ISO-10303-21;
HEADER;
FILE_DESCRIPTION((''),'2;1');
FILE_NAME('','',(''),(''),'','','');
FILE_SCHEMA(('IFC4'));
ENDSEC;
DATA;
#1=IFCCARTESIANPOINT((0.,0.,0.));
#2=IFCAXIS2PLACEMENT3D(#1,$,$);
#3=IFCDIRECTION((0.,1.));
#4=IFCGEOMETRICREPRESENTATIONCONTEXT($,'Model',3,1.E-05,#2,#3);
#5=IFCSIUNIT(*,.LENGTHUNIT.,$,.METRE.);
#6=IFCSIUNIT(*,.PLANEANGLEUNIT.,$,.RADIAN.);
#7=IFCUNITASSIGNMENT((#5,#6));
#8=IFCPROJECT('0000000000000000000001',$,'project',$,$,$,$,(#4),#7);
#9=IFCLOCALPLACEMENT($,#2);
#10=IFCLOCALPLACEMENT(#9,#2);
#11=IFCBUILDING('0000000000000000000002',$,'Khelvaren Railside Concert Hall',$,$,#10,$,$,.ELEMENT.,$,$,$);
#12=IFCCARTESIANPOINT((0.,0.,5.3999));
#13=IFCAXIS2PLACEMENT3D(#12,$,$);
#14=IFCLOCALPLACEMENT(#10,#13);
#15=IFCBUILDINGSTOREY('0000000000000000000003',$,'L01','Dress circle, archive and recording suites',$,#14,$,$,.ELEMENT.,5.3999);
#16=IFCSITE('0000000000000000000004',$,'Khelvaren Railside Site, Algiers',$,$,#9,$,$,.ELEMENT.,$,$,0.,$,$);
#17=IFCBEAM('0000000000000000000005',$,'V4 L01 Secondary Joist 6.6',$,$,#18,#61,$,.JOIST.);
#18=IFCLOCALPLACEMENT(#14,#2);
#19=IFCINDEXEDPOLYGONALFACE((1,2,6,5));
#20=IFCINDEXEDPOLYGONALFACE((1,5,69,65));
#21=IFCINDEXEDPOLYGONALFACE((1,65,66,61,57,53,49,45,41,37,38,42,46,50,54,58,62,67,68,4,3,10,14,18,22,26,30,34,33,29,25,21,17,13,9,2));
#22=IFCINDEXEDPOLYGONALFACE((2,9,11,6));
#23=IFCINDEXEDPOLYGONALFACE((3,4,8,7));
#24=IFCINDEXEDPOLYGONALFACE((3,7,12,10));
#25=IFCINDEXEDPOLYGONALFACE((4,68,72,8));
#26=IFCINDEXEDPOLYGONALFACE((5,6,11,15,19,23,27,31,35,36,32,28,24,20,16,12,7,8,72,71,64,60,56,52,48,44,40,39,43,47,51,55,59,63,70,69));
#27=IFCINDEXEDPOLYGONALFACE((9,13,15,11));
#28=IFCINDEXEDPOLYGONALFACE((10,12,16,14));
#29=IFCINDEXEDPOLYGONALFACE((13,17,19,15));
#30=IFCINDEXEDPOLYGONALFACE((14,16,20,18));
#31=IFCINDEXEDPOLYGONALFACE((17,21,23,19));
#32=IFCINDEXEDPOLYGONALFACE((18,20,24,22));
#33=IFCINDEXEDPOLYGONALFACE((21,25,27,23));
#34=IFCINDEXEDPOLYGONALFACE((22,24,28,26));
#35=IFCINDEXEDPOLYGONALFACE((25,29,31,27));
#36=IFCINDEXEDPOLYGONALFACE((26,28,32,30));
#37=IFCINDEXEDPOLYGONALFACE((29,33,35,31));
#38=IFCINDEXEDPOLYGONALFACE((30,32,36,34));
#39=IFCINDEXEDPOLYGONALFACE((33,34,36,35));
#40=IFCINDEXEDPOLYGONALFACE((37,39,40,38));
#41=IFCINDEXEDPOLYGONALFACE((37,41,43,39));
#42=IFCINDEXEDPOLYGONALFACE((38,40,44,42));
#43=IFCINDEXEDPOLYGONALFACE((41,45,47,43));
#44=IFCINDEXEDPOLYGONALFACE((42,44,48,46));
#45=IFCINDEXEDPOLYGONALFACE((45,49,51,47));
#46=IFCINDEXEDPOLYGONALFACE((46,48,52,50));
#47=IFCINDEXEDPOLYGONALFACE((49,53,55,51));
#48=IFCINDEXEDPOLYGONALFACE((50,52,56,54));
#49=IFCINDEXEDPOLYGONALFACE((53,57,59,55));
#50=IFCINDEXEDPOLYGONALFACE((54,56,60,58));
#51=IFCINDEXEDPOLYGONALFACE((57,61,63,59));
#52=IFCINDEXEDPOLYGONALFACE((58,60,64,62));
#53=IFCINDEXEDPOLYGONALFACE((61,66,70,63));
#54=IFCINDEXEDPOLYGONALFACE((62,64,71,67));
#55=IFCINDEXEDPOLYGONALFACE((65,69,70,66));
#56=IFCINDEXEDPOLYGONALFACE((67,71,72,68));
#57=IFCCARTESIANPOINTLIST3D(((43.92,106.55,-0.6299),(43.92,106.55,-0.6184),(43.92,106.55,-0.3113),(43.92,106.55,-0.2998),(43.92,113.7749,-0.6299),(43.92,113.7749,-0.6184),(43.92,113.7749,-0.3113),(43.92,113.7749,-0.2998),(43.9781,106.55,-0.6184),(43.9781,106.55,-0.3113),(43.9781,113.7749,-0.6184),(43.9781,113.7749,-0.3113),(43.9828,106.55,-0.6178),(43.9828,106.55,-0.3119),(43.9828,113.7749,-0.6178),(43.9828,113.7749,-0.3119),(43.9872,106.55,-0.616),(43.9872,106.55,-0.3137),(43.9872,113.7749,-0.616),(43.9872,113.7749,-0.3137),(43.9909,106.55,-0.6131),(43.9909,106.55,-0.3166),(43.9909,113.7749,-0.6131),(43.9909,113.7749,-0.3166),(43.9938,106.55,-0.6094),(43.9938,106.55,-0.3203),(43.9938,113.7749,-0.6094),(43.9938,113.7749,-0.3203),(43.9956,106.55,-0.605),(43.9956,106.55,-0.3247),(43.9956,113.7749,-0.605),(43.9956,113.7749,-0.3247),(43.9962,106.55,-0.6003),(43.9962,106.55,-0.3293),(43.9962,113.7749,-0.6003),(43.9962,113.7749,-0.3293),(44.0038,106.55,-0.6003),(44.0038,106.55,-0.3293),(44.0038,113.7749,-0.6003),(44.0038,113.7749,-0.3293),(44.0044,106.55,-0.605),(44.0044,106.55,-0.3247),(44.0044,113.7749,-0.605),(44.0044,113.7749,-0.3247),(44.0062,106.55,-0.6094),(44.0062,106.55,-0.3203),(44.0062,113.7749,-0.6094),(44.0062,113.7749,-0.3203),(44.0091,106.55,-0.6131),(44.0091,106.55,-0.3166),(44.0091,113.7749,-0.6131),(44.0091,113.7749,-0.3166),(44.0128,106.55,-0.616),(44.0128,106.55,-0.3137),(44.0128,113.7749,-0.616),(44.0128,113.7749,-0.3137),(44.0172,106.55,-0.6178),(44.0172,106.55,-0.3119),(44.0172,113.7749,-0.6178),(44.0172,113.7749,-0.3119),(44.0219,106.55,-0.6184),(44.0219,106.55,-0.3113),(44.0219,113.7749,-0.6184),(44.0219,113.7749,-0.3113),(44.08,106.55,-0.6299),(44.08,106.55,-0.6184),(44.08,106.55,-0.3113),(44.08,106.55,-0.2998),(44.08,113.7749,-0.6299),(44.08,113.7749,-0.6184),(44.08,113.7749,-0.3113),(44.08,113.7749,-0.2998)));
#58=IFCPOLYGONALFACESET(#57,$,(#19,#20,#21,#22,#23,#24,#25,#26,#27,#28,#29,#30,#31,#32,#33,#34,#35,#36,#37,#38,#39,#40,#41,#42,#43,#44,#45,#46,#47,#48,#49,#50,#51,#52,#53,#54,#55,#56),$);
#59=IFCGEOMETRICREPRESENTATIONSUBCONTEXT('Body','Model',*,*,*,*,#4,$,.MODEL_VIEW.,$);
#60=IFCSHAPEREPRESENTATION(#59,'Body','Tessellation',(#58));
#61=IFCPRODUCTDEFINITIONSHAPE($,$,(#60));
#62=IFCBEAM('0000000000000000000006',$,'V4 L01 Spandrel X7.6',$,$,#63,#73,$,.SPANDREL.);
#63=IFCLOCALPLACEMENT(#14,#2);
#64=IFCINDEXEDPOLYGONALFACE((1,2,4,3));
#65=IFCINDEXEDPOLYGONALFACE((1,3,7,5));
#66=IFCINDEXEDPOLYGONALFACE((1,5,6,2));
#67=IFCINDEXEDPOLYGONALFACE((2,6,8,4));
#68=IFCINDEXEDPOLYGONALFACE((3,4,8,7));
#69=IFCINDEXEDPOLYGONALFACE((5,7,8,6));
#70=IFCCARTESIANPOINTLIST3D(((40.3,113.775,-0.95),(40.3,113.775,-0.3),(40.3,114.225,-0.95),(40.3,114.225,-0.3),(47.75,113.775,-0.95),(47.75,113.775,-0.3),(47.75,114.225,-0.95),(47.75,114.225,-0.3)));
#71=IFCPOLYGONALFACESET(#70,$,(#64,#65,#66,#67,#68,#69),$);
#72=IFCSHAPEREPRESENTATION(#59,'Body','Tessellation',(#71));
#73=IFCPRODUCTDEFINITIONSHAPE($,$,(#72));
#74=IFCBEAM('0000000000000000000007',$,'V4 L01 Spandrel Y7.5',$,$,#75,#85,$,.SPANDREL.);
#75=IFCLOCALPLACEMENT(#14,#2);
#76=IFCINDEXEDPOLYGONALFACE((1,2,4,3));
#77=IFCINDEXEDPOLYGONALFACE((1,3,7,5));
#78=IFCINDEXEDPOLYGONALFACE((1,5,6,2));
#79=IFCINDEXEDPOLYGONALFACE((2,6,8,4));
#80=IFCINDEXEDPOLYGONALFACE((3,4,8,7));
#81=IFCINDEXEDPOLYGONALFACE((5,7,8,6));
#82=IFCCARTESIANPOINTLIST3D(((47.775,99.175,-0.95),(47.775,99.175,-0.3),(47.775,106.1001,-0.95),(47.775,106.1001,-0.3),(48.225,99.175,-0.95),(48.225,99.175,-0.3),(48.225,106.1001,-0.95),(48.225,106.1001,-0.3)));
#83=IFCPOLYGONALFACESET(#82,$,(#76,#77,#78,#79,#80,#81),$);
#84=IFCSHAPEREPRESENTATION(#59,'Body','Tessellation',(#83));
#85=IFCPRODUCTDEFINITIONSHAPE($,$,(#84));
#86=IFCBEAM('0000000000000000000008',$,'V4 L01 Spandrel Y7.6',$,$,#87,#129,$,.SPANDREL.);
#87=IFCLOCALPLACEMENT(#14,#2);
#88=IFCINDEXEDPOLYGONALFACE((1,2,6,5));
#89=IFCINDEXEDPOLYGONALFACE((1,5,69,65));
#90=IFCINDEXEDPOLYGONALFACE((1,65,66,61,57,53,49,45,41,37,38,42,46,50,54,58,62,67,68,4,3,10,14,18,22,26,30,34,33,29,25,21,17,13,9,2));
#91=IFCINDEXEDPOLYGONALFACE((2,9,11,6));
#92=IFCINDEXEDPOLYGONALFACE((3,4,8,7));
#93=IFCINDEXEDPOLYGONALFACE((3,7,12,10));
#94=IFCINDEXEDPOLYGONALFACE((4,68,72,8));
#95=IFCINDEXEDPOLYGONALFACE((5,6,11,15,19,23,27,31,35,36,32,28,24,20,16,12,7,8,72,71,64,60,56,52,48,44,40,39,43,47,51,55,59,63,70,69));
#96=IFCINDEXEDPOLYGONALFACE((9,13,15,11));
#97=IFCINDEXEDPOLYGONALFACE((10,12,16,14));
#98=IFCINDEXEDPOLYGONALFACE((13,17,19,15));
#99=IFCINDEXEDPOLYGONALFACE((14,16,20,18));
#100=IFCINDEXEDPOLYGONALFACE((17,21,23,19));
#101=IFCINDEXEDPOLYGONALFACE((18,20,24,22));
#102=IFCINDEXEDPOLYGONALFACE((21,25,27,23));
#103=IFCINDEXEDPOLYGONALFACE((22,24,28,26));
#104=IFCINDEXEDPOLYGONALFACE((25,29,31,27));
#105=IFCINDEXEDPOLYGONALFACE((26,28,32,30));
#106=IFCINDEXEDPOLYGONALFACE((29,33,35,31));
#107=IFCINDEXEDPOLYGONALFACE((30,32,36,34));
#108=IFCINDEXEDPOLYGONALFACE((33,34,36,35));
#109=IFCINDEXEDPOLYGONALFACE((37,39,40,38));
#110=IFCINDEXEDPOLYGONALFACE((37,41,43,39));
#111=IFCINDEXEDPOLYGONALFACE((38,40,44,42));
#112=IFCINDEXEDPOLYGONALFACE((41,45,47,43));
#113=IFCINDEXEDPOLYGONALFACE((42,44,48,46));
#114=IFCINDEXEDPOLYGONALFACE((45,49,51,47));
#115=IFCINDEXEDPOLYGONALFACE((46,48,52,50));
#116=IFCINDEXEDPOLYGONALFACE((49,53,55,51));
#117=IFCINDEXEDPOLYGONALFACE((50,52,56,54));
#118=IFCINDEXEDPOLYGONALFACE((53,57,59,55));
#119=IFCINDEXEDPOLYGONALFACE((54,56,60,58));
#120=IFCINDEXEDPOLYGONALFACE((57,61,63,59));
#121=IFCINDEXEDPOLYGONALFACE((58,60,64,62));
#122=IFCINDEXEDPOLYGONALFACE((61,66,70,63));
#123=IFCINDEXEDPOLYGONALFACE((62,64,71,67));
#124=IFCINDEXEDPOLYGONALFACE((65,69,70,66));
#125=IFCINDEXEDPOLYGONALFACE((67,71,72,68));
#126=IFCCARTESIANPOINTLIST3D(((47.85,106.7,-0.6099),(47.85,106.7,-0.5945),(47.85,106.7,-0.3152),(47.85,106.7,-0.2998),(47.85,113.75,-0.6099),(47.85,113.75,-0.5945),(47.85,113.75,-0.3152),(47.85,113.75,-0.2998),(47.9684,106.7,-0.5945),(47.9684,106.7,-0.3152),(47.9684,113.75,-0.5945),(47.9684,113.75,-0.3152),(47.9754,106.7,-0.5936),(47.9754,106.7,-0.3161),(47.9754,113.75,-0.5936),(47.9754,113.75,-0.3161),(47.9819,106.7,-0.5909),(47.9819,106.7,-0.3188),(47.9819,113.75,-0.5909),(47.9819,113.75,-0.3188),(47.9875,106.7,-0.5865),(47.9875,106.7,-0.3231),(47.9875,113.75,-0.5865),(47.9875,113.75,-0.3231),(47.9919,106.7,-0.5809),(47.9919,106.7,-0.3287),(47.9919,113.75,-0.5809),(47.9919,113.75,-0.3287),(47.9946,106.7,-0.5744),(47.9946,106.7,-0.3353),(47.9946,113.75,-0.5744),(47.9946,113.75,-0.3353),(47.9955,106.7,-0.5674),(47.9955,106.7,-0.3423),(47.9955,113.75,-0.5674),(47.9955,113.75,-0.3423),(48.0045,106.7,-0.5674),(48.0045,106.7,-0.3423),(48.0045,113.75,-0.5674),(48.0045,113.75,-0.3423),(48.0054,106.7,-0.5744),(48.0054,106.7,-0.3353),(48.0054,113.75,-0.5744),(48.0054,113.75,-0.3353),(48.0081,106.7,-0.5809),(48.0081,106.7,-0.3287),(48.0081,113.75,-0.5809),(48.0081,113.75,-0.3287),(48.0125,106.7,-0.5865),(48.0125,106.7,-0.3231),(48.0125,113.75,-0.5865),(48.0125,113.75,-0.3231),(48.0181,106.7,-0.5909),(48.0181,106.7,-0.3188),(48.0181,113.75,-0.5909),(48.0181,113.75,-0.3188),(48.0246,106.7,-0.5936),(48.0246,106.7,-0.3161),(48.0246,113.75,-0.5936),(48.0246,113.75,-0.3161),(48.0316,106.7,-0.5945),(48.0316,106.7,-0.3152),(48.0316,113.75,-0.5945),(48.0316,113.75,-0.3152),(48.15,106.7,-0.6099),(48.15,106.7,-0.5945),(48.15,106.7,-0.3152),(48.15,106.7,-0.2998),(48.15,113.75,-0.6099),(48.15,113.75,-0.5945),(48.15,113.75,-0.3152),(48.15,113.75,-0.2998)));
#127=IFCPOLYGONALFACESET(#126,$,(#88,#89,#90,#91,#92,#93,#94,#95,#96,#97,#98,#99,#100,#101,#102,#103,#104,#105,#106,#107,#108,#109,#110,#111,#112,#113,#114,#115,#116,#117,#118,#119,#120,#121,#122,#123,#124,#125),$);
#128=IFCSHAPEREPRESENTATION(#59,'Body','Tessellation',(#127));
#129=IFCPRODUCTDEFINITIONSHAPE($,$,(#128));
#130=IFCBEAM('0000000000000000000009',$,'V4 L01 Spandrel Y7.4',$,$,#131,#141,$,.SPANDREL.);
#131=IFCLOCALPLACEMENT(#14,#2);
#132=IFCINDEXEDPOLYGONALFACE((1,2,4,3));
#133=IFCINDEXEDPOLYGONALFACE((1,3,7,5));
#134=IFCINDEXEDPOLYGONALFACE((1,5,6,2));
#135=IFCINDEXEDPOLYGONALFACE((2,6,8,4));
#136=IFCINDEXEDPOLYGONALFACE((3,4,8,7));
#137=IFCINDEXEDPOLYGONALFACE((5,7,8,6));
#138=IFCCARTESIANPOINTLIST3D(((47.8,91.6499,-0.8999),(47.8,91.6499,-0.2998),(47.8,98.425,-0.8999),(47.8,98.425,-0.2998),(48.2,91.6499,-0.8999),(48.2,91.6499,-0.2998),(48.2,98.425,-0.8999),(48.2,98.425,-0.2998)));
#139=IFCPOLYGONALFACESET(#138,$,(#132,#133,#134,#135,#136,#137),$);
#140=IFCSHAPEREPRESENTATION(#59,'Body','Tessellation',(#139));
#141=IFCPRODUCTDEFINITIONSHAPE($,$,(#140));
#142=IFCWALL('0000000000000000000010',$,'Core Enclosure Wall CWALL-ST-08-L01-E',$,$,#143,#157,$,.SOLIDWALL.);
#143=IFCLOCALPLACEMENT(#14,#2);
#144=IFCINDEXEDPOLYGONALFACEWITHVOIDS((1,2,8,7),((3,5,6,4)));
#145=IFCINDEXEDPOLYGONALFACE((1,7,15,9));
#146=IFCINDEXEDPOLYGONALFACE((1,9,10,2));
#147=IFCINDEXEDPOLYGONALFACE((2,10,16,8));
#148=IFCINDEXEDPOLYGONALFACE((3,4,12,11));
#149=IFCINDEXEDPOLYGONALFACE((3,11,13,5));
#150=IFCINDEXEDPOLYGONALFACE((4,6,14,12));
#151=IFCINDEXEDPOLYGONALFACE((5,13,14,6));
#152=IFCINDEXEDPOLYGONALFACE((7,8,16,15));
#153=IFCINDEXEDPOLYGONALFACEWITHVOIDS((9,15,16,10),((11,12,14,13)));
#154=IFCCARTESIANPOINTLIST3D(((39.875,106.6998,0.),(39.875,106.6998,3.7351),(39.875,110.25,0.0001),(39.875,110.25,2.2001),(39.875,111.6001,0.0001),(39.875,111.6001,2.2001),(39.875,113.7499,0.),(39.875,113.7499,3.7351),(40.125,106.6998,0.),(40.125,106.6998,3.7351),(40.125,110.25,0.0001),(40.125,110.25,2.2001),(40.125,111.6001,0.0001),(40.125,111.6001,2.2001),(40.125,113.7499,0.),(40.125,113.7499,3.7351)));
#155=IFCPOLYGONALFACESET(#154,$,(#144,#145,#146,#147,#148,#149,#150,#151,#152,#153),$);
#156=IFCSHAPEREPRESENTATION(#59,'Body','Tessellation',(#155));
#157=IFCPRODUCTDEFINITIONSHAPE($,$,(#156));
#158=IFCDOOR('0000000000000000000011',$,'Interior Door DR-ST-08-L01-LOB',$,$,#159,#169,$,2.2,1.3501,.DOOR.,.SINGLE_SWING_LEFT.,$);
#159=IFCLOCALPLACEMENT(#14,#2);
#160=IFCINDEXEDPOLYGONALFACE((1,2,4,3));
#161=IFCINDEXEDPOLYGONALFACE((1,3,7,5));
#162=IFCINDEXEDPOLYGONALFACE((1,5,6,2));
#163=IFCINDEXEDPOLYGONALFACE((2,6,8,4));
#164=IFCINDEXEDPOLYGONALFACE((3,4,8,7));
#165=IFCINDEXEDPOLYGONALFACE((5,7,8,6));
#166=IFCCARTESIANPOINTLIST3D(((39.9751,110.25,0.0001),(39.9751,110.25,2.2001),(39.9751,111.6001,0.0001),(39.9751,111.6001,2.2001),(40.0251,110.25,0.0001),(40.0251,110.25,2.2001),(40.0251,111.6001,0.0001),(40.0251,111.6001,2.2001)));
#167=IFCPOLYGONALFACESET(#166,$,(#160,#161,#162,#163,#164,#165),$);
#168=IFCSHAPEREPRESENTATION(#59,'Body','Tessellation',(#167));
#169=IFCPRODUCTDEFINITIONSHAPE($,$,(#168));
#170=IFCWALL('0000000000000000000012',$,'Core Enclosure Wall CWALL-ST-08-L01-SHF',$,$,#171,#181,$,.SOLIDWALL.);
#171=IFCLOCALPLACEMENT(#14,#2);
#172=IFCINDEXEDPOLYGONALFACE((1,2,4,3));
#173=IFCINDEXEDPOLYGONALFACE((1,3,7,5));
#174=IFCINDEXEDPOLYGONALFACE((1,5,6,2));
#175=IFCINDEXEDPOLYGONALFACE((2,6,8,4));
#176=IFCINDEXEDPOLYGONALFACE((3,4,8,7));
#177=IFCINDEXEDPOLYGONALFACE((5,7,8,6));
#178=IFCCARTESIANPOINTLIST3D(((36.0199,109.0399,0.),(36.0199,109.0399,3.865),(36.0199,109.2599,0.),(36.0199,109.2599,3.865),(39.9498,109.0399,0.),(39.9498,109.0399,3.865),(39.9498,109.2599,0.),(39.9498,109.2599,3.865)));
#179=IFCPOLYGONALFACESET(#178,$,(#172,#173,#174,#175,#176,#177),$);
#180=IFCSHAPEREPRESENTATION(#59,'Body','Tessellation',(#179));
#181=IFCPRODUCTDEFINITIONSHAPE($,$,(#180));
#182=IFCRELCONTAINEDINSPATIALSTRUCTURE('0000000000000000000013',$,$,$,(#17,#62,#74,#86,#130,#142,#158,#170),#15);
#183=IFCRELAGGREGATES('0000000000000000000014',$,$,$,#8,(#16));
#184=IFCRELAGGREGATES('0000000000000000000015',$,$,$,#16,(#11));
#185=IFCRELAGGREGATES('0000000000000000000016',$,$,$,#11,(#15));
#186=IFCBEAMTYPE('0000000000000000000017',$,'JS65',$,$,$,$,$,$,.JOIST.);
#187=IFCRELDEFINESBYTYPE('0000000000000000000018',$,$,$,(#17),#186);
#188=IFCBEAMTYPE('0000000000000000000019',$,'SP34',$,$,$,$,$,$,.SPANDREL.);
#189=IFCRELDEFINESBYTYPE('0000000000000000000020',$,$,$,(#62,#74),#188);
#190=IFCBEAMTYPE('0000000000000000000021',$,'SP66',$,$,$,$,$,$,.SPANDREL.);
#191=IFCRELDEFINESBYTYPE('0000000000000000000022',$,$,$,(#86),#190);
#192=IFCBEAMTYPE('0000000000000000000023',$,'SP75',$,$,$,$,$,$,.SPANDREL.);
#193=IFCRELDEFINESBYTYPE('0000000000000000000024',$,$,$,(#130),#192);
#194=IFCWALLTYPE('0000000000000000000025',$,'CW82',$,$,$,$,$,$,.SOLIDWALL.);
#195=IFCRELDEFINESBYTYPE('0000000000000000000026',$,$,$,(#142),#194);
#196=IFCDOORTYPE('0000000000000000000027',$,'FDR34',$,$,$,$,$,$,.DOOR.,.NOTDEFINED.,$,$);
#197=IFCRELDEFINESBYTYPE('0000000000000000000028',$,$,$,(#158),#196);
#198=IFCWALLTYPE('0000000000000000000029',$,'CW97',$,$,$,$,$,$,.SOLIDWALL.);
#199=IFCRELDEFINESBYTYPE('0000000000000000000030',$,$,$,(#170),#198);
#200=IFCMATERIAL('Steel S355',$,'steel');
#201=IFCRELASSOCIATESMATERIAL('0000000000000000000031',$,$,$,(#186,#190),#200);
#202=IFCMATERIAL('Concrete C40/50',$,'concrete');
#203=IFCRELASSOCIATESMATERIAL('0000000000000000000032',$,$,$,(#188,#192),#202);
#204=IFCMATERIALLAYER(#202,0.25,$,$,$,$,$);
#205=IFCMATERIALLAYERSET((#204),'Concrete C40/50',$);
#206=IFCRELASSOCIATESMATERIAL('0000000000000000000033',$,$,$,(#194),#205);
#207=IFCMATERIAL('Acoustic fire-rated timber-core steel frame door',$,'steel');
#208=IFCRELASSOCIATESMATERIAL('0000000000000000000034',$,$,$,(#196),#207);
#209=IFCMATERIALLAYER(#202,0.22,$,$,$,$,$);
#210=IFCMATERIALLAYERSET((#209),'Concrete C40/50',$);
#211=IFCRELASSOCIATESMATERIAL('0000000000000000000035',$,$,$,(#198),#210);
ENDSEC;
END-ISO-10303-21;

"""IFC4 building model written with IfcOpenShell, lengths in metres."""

from ifc_helpers import new_model, si_unit, direction, frame, frame_2d, origin, origin_2d, place, context, subcontext, project, spatial, rectangle, i_section, extrude, material, layer, layer_set, material_profile, profile_set, type_object, element, fill, save


model = new_model("IFC4")

# Units and contexts
model_context = context("Model", 3, precision=1e-05, world=origin(), true_north=direction((0.0, 1.0)))
body_context = subcontext(model_context, "Body", "Model", "MODEL_VIEW")
ifc_project = project(units=[si_unit("LENGTHUNIT", "METRE"), si_unit("PLANEANGLEUNIT", "RADIAN")], contexts=[model_context])

# Site, building, storey
site_placement = place(None, origin())
site = spatial("IfcSite", under=ifc_project, at=site_placement, Name="Khelvaren Railside Site, Algiers", CompositionType="ELEMENT", RefElevation=0.0)
building_placement = place(site_placement, origin())
building = spatial("IfcBuilding", under=site, at=building_placement, Name="Khelvaren Railside Concert Hall", CompositionType="ELEMENT")
storey_placement = place(building_placement, frame((0.0, 0.0, 5.3999)))
storey = spatial("IfcBuildingStorey", under=building, at=storey_placement, Name="L01", Description="Dress circle, archive and recording suites", CompositionType="ELEMENT", Elevation=5.3999)

# Beams
ifc_material_1 = material(Name="Steel S355", Category="steel")
ifc_material_profile_1 = material_profile(ifc_material_1, i_section(OverallWidth=0.1599, OverallDepth=0.3301, WebThickness=0.0076, FlangeThickness=0.0115, FilletRadius=0.0181, at=origin_2d()), Name="IPE 330")
ifc_profile_set_1 = profile_set([ifc_material_profile_1], Name="Steel S355")
beam_type_1 = type_object("IfcBeamType", Name="JS65", PredefinedType="JOIST", material=ifc_profile_set_1)
beam_1_placement = place(storey_placement, frame((44.0, 106.55, -0.4648), z_axis=(0.0, 1.0, 0.0), x_axis=(-1.0, 0.0, 0.0)))
element("IfcBeam", 1, at=beam_1_placement, inside=storey, type_object=beam_type_1, Name="V4 L01 Secondary Joist 6.6", PredefinedType="JOIST", context=body_context, shape_type="SweptSolid", body=[
    extrude(i_section(OverallWidth=0.1599, OverallDepth=0.3301, WebThickness=0.0076, FlangeThickness=0.0115, FilletRadius=0.0181, at=origin_2d()), origin(), (0.0, 0.0, 1.0), 7.2249),
])
ifc_material_2 = material(Name="Concrete C40/50", Category="concrete")
ifc_material_profile_2 = material_profile(ifc_material_2, rectangle(XDim=0.45, YDim=0.6499, at=origin_2d()), Name="RCB 450x650")
ifc_profile_set_2 = profile_set([ifc_material_profile_2], Name="Concrete C40/50")
beam_type_2 = type_object("IfcBeamType", Name="SP34", PredefinedType="SPANDREL", material=ifc_profile_set_2)
beam_2_placement = place(storey_placement, frame((40.3, 114.0, -0.625), z_axis=(1.0, 0.0, 0.0), x_axis=(0.0, 1.0, 0.0)))
element("IfcBeam", 2, at=beam_2_placement, inside=storey, type_object=beam_type_2, Name="V4 L01 Spandrel X7.6", PredefinedType="SPANDREL", context=body_context, shape_type="SweptSolid", body=[
    extrude(rectangle(XDim=0.45, YDim=0.6499, at=origin_2d()), origin(), (0.0, 0.0, 1.0), 7.45),
])
beam_3_placement = place(storey_placement, frame((48.0, 99.175, -0.625), z_axis=(0.0, 1.0, 0.0), x_axis=(-1.0, 0.0, 0.0)))
element("IfcBeam", 3, at=beam_3_placement, inside=storey, type_object=beam_type_2, Name="V4 L01 Spandrel Y7.5", PredefinedType="SPANDREL", context=body_context, shape_type="SweptSolid", body=[
    extrude(rectangle(XDim=0.45, YDim=0.6499, at=origin_2d()), origin(), (0.0, 0.0, 1.0), 6.925),
])
ifc_material_profile_3 = material_profile(ifc_material_1, i_section(OverallWidth=0.3, OverallDepth=0.3101, WebThickness=0.009, FlangeThickness=0.0154, FilletRadius=0.0271, at=origin_2d()), Name="HEA 320")
ifc_profile_set_3 = profile_set([ifc_material_profile_3], Name="Steel S355")
beam_type_3 = type_object("IfcBeamType", Name="SP66", PredefinedType="SPANDREL", material=ifc_profile_set_3)
beam_4_placement = place(storey_placement, frame((48.0, 106.7, -0.4548), z_axis=(0.0, 1.0, 0.0), x_axis=(-1.0, 0.0, 0.0)))
element("IfcBeam", 4, at=beam_4_placement, inside=storey, type_object=beam_type_3, Name="V4 L01 Spandrel Y7.6", PredefinedType="SPANDREL", context=body_context, shape_type="SweptSolid", body=[
    extrude(i_section(OverallWidth=0.3, OverallDepth=0.3101, WebThickness=0.009, FlangeThickness=0.0154, FilletRadius=0.0271, at=origin_2d()), origin(), (0.0, 0.0, 1.0), 7.05),
])
ifc_material_profile_4 = material_profile(ifc_material_2, rectangle(XDim=0.3999, YDim=0.6001, at=origin_2d()), Name="RCB 400x600")
ifc_profile_set_4 = profile_set([ifc_material_profile_4], Name="Concrete C40/50")
beam_type_4 = type_object("IfcBeamType", Name="SP75", PredefinedType="SPANDREL", material=ifc_profile_set_4)
beam_5_placement = place(storey_placement, frame((48.0, 91.6499, -0.5999), z_axis=(0.0, 1.0, 0.0), x_axis=(-1.0, 0.0, 0.0)))
element("IfcBeam", 5, at=beam_5_placement, inside=storey, type_object=beam_type_4, Name="V4 L01 Spandrel Y7.4", PredefinedType="SPANDREL", context=body_context, shape_type="SweptSolid", body=[
    extrude(rectangle(XDim=0.3999, YDim=0.6001, at=origin_2d()), origin(), (0.0, 0.0, 1.0), 6.7751),
])

# Wall, opening, door
ifc_layer_1 = layer(ifc_material_2, 0.25)
ifc_layer_set_1 = layer_set([ifc_layer_1], Name="Concrete C40/50")
wall_type_1 = type_object("IfcWallType", Name="CW82", PredefinedType="SOLIDWALL", material=ifc_layer_set_1)
wall_1_placement = place(storey_placement, frame((40.0, 106.7, 0.0), z_axis=(0.0, 0.0, 1.0), x_axis=(0.0, 1.0, 0.0)))
wall_1 = element("IfcWall", 6, at=wall_1_placement, inside=storey, type_object=wall_type_1, Name="Core Enclosure Wall CWALL-ST-08-L01-E", PredefinedType="SOLIDWALL", context=body_context, shape_type="SweptSolid", body=[
    extrude(rectangle(XDim=7.05, YDim=0.25, at=frame_2d((3.5249, 0.0))), origin(), (0.0, 0.0, 1.0), 3.7351),
])
opening_1_placement = place(wall_1_placement, frame((3.55, 0.0, 0.0)))
opening_1 = element("IfcOpeningElement", 7, at=opening_1_placement, cuts=wall_1, PredefinedType="OPENING", context=body_context, shape_type="SweptSolid", body=[
    extrude(rectangle(XDim=1.3501, YDim=2.2, at=frame_2d((0.675, 1.1001))), frame((0.0, 0.135, 0.0), z_axis=(0.0, -1.0, 0.0), x_axis=(1.0, 0.0, 0.0)), (0.0, 0.0, 1.0), 0.27),
])
ifc_material_3 = material(Name="Acoustic fire-rated timber-core steel frame door", Category="steel")
door_type = type_object("IfcDoorType", Name="FDR34", OperationType="NOTDEFINED", PredefinedType="DOOR", material=ifc_material_3)
door_placement = place(opening_1_placement, origin())
door = element("IfcDoor", 8, at=door_placement, inside=storey, type_object=door_type, Name="Interior Door DR-ST-08-L01-LOB", OperationType="SINGLE_SWING_LEFT", OverallHeight=2.2, OverallWidth=1.3501, PredefinedType="DOOR", context=body_context, shape_type="SweptSolid", body=[
    extrude(rectangle(XDim=1.3501, YDim=2.2, at=frame_2d((0.675, 1.1001))), frame((0.0, 0.0249, 0.0), z_axis=(0.0, -1.0, 0.0), x_axis=(1.0, 0.0, 0.0)), (0.0, 0.0, 1.0), 0.05),
])
fill(opening_1, door)

# Wall
ifc_layer_2 = layer(ifc_material_2, 0.22)
ifc_layer_set_2 = layer_set([ifc_layer_2], Name="Concrete C40/50")
wall_type_2 = type_object("IfcWallType", Name="CW97", PredefinedType="SOLIDWALL", material=ifc_layer_set_2)
wall_2_placement = place(storey_placement, frame((36.02, 109.1499, 0.0), z_axis=(0.0, 0.0, 1.0), x_axis=(1.0, 0.0, 0.0)))
element("IfcWall", 9, at=wall_2_placement, inside=storey, type_object=wall_type_2, Name="Core Enclosure Wall CWALL-ST-08-L01-SHF", PredefinedType="SOLIDWALL", context=body_context, shape_type="SweptSolid", body=[
    extrude(rectangle(XDim=3.9299, YDim=0.22, at=frame_2d((1.9648, 0.0))), origin(), (0.0, 0.0, 1.0), 3.865),
])

save(model, "model.ifc")
